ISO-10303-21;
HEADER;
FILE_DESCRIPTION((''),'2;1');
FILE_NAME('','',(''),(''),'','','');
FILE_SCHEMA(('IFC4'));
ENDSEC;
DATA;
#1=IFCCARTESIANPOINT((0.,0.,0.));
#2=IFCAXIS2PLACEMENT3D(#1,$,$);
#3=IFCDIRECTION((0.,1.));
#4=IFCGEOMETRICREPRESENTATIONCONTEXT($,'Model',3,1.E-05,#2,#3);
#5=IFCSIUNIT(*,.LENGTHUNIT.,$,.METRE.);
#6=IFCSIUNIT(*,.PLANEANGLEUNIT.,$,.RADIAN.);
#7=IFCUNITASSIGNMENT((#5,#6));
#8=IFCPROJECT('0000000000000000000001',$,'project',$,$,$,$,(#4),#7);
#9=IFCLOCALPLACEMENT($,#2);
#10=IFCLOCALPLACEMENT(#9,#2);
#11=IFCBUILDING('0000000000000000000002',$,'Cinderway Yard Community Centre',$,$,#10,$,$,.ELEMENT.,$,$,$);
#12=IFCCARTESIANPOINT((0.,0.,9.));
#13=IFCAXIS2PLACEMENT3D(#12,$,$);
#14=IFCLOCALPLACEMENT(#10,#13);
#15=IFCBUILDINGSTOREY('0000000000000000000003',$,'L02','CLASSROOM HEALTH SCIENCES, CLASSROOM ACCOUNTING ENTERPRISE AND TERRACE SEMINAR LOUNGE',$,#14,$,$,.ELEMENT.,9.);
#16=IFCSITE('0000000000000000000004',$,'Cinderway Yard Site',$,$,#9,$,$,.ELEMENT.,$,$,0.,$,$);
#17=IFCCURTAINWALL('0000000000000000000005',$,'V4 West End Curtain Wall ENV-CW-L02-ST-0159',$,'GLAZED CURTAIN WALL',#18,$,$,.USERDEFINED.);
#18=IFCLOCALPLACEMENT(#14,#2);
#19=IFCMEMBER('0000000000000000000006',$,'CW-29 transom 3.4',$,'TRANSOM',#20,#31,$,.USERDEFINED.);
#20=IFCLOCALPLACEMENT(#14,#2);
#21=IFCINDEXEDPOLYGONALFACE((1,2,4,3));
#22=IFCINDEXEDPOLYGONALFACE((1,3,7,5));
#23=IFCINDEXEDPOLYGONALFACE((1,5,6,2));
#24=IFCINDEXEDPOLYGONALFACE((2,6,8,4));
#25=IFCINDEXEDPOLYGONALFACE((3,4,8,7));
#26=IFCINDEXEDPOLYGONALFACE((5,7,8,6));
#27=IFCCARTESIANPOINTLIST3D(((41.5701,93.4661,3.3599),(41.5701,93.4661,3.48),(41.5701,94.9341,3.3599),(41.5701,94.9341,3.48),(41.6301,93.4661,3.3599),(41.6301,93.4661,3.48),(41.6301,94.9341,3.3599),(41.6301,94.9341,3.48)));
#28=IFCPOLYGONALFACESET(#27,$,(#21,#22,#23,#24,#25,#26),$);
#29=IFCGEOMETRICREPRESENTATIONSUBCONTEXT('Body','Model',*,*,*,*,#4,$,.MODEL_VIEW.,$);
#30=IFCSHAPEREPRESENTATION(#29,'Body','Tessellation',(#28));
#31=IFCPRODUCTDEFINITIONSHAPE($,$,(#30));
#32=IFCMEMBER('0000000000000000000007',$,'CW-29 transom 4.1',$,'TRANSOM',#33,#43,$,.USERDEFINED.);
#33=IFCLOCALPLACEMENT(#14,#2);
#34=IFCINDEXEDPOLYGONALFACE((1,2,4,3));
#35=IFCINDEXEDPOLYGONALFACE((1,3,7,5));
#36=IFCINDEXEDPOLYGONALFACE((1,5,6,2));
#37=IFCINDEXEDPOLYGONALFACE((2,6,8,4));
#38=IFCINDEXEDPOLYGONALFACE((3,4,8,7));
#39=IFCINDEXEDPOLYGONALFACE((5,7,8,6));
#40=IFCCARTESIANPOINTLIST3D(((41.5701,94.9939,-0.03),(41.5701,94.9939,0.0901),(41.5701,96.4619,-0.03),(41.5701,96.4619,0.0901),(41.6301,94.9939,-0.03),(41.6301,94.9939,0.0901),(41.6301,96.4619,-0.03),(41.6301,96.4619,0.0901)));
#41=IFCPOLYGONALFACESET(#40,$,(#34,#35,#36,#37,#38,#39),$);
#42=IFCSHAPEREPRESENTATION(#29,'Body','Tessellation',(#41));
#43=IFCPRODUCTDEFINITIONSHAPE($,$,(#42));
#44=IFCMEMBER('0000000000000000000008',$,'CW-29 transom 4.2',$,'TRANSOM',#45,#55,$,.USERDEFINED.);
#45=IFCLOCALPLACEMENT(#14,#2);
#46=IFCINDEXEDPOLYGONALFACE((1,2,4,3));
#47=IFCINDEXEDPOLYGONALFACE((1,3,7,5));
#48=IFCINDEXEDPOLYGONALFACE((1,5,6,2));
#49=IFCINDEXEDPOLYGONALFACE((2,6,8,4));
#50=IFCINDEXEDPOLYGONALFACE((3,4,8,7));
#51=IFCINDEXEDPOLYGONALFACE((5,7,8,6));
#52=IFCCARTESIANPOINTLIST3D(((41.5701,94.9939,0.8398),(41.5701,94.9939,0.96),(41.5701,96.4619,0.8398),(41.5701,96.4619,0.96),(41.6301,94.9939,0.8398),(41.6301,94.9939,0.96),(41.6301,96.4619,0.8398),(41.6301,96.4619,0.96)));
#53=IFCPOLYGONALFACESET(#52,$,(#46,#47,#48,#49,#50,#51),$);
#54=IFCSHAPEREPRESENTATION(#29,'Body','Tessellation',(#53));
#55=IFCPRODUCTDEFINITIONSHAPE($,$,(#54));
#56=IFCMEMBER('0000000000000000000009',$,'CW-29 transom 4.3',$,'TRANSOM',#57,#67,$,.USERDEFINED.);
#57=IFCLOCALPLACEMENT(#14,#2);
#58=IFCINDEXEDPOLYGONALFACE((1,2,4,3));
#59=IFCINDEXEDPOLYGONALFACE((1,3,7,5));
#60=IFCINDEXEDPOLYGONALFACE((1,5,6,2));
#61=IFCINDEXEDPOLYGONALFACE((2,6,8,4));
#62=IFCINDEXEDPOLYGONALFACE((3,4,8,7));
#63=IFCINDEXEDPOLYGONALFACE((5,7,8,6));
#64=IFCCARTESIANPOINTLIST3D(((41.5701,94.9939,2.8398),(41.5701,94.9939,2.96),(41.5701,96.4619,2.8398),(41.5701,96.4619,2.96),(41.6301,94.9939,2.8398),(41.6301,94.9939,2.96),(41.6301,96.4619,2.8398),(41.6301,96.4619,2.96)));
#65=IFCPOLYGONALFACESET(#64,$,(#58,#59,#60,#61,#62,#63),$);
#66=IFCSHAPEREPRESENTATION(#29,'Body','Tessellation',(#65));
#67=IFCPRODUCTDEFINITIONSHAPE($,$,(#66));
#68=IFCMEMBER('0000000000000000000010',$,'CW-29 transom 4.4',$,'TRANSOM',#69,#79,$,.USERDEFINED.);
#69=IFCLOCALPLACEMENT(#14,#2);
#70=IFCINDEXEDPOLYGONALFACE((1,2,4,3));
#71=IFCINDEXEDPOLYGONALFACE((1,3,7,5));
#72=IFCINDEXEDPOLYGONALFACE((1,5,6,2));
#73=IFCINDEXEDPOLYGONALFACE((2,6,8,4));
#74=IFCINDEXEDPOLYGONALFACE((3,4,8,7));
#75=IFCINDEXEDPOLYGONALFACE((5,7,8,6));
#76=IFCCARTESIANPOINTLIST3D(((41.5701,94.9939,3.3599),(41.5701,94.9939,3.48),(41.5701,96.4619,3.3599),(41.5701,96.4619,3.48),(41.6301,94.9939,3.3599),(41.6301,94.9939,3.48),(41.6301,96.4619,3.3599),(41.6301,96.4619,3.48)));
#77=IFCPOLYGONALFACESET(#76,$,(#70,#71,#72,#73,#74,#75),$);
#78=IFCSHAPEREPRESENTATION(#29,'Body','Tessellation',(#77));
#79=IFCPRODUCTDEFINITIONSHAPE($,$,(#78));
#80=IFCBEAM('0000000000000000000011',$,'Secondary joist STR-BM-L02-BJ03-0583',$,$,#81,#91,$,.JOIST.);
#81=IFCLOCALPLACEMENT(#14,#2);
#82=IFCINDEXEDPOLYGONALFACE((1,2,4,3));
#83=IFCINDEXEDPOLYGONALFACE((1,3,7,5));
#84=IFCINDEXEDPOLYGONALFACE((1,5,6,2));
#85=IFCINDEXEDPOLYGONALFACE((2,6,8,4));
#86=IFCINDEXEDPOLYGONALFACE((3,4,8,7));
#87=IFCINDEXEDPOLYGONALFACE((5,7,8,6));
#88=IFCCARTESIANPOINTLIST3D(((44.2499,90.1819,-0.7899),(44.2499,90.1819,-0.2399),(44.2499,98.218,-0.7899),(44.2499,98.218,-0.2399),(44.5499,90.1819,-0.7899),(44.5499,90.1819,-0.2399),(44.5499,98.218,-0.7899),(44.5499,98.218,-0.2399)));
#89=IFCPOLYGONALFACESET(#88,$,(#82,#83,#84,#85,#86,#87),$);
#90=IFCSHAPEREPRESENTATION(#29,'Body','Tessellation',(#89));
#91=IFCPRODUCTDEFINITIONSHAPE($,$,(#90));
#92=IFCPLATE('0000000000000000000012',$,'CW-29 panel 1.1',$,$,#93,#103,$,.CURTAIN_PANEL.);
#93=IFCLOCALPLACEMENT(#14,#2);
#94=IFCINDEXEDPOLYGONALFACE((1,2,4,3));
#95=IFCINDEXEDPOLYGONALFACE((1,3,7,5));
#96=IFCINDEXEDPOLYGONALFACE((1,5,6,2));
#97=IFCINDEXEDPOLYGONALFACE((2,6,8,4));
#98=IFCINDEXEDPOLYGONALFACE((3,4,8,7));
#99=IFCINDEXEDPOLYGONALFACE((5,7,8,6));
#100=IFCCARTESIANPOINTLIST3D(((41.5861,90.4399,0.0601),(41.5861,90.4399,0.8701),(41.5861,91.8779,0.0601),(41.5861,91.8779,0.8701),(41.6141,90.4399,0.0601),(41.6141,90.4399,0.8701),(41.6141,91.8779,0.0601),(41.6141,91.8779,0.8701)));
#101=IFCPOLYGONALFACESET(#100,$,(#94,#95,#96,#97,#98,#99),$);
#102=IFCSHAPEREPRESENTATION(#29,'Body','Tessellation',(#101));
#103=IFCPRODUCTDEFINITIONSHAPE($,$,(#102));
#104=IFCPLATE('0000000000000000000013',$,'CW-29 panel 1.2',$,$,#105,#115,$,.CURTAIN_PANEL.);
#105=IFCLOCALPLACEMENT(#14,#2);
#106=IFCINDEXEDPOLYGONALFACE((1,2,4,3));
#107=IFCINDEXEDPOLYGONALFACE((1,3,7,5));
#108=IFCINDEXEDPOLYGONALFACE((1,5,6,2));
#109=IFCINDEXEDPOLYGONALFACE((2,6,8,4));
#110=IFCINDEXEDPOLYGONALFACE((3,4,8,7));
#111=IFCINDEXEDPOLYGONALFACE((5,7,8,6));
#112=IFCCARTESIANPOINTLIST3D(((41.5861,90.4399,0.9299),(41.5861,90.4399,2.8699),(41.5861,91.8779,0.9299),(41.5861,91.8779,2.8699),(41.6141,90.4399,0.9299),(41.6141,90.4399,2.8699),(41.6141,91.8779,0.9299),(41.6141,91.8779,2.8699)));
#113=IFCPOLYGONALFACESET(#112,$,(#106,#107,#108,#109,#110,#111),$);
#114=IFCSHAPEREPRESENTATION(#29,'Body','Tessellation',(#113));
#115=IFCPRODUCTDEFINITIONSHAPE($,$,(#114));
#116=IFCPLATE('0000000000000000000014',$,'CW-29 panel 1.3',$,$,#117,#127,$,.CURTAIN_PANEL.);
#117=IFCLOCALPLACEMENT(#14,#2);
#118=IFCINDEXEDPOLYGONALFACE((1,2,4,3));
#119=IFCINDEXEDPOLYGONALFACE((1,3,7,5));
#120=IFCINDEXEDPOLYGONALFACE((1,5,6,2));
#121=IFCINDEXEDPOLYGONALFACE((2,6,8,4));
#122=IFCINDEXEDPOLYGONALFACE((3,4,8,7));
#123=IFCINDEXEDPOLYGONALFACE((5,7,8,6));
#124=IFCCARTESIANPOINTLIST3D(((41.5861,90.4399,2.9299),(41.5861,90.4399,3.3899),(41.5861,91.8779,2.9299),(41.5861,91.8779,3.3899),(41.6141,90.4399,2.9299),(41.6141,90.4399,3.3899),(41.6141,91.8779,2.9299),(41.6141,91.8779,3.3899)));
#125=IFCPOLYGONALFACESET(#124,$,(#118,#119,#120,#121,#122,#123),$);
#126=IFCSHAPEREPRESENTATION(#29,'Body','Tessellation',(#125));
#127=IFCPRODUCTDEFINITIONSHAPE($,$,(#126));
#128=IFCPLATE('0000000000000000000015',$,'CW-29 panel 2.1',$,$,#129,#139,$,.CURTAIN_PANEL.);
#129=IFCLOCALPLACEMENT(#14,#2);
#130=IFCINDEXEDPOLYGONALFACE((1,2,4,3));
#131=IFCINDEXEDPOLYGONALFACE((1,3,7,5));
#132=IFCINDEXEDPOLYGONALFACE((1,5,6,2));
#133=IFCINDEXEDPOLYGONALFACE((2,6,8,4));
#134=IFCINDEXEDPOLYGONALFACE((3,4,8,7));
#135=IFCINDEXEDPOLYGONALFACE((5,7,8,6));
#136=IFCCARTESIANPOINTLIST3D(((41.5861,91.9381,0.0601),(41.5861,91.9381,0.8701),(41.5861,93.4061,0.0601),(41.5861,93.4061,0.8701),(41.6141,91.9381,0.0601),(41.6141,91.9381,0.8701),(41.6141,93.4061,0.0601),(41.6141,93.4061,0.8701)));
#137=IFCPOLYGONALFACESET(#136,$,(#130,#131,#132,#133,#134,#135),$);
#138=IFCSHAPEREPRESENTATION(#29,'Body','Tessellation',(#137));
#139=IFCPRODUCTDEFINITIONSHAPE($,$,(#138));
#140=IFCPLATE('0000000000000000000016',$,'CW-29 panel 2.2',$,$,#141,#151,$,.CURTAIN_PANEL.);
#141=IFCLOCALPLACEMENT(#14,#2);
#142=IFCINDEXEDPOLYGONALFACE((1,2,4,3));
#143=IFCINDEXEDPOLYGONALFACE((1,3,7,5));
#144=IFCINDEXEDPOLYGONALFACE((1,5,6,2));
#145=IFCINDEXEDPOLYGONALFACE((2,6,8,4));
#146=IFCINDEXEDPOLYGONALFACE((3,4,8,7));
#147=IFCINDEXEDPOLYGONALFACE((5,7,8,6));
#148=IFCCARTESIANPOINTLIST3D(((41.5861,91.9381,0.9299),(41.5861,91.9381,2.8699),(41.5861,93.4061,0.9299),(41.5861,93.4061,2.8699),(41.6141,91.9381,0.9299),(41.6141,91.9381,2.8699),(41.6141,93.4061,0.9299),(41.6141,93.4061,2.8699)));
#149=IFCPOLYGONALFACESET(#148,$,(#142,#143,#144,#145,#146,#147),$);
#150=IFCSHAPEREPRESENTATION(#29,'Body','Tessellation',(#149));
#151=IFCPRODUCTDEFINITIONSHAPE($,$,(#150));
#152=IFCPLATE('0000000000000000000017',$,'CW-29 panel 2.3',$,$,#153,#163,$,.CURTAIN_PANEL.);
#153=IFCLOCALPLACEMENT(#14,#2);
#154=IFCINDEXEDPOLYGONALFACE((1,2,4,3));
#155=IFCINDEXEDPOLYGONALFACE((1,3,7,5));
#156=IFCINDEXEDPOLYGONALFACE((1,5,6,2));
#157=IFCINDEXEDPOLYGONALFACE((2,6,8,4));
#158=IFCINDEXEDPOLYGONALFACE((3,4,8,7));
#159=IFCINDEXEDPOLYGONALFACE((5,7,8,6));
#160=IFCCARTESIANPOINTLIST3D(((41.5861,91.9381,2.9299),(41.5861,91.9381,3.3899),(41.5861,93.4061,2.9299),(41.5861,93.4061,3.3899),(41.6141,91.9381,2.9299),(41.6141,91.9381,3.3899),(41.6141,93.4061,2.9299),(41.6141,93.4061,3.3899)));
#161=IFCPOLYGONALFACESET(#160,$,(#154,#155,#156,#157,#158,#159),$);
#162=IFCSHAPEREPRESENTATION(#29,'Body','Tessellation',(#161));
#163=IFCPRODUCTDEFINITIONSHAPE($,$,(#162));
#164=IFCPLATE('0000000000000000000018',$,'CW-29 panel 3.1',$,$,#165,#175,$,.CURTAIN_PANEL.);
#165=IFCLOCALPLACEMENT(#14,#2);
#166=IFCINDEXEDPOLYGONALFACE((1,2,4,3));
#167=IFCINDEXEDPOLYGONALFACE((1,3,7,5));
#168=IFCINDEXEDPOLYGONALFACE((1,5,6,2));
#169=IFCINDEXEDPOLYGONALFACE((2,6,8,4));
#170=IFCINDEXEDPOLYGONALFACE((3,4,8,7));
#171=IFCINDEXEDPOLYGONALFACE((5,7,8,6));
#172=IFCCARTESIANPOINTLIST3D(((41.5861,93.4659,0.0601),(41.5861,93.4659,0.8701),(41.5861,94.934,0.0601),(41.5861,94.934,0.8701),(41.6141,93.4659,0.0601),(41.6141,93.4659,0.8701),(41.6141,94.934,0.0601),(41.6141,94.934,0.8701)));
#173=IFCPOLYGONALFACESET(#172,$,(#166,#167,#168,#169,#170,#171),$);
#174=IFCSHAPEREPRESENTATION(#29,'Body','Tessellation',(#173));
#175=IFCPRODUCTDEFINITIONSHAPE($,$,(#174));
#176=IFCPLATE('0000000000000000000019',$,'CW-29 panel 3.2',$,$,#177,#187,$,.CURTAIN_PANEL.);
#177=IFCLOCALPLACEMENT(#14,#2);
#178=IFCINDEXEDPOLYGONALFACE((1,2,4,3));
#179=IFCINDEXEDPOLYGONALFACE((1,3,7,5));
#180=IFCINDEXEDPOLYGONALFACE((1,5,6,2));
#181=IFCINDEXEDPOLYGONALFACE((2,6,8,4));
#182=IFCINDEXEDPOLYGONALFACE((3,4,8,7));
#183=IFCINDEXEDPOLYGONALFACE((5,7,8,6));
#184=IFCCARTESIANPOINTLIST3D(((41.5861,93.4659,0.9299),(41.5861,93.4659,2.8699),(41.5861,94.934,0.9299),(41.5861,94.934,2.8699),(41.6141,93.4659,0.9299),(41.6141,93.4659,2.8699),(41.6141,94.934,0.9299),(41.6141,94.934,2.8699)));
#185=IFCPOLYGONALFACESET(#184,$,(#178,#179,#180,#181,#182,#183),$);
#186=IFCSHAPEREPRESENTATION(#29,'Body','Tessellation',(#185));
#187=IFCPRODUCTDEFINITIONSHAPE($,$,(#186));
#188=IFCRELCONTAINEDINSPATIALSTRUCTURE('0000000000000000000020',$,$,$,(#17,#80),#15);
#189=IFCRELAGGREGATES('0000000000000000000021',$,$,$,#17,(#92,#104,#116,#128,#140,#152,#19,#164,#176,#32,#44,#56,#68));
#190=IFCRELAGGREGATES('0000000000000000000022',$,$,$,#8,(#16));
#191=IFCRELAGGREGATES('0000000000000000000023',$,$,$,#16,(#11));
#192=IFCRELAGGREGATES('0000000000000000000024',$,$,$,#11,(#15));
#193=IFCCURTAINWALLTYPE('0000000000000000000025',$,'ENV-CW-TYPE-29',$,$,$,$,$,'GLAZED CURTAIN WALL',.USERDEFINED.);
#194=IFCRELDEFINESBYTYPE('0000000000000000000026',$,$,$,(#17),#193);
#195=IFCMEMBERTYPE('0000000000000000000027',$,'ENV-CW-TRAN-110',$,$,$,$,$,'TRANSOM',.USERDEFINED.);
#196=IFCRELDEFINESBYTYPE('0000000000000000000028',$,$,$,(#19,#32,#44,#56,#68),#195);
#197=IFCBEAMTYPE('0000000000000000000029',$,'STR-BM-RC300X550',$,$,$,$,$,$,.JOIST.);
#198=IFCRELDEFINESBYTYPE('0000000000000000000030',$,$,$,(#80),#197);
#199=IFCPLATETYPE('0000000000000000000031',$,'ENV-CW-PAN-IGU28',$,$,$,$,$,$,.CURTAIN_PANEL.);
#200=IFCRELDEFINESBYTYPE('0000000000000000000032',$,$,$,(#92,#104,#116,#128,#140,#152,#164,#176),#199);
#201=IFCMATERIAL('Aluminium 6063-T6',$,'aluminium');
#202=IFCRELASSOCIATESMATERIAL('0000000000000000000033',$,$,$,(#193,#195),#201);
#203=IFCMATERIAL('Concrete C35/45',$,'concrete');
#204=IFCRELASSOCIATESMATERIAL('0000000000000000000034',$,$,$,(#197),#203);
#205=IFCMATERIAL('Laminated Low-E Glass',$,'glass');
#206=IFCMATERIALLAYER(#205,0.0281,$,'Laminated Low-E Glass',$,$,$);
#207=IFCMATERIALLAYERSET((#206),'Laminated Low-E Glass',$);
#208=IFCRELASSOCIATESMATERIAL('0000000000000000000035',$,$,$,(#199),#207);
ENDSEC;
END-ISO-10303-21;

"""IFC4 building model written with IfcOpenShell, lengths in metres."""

from ifc_helpers import new_model, si_unit, direction, frame, origin, origin_2d, place, context, subcontext, project, spatial, rectangle, extrude, material, layer, layer_set, material_profile, profile_set, type_object, element, aggregate, save


model = new_model("IFC4")

# Units and contexts
model_context = context("Model", 3, precision=1e-05, world=origin(), true_north=direction((0.0, 1.0)))
body_context = subcontext(model_context, "Body", "Model", "MODEL_VIEW")
ifc_project = project(units=[si_unit("LENGTHUNIT", "METRE"), si_unit("PLANEANGLEUNIT", "RADIAN")], contexts=[model_context])

# Site, building, storey
site_placement = place(None, origin())
site = spatial("IfcSite", under=ifc_project, at=site_placement, Name="Cinderway Yard Site", CompositionType="ELEMENT", RefElevation=0.0)
building_placement = place(site_placement, origin())
building = spatial("IfcBuilding", under=site, at=building_placement, Name="Cinderway Yard Community Centre", CompositionType="ELEMENT")
storey_placement = place(building_placement, frame((0.0, 0.0, 9.0)))
storey = spatial("IfcBuildingStorey", under=building, at=storey_placement, Name="L02", Description="CLASSROOM HEALTH SCIENCES, CLASSROOM ACCOUNTING ENTERPRISE AND TERRACE SEMINAR LOUNGE", CompositionType="ELEMENT", Elevation=9.0)

# Curtain wall, members
ifc_material_1 = material(Name="Aluminium 6063-T6", Category="aluminium")
curtain_wall_type = type_object("IfcCurtainWallType", Name="ENV-CW-TYPE-29", ElementType="GLAZED CURTAIN WALL", PredefinedType="USERDEFINED", material=ifc_material_1)
curtain_wall_placement = place(storey_placement, origin())
curtain_wall = element("IfcCurtainWall", 1, at=curtain_wall_placement, inside=storey, type_object=curtain_wall_type, Name="V4 West End Curtain Wall ENV-CW-L02-ST-0159", ObjectType="GLAZED CURTAIN WALL", PredefinedType="USERDEFINED")
ifc_material_profile_1 = material_profile(ifc_material_1, rectangle(XDim=0.0601, YDim=0.1201, at=origin_2d()), Name="Aluminium 6063-T6")
ifc_profile_set_1 = profile_set([ifc_material_profile_1], Name="Aluminium 6063-T6")
member_type_1 = type_object("IfcMemberType", Name="ENV-CW-TRAN-110", ElementType="TRANSOM", PredefinedType="USERDEFINED", material=ifc_profile_set_1)
member_1_placement = place(storey_placement, frame((41.6001, 93.4661, 3.4199), z_axis=(0.0, 1.0, 0.0), x_axis=(-1.0, 0.0, 0.0)))
member_1 = element("IfcMember", 2, at=member_1_placement, type_object=member_type_1, Name="CW-29 transom 3.4", ObjectType="TRANSOM", PredefinedType="USERDEFINED", context=body_context, shape_type="SweptSolid", body=[
    extrude(rectangle(XDim=0.0601, YDim=0.1201, at=origin_2d()), origin(), (0.0, 0.0, 1.0), 1.468),
])
member_2_placement = place(storey_placement, frame((41.6001, 94.9939, 0.03), z_axis=(0.0, 1.0, 0.0), x_axis=(-1.0, 0.0, 0.0)))
member_2 = element("IfcMember", 3, at=member_2_placement, type_object=member_type_1, Name="CW-29 transom 4.1", ObjectType="TRANSOM", PredefinedType="USERDEFINED", context=body_context, shape_type="SweptSolid", body=[
    extrude(rectangle(XDim=0.0601, YDim=0.1201, at=origin_2d()), origin(), (0.0, 0.0, 1.0), 1.468),
])
member_3_placement = place(storey_placement, frame((41.6001, 94.9939, 0.8999), z_axis=(0.0, 1.0, 0.0), x_axis=(-1.0, 0.0, 0.0)))
member_3 = element("IfcMember", 4, at=member_3_placement, type_object=member_type_1, Name="CW-29 transom 4.2", ObjectType="TRANSOM", PredefinedType="USERDEFINED", context=body_context, shape_type="SweptSolid", body=[
    extrude(rectangle(XDim=0.0601, YDim=0.1201, at=origin_2d()), origin(), (0.0, 0.0, 1.0), 1.468),
])
member_4_placement = place(storey_placement, frame((41.6001, 94.9939, 2.8999), z_axis=(0.0, 1.0, 0.0), x_axis=(-1.0, 0.0, 0.0)))
member_4 = element("IfcMember", 5, at=member_4_placement, type_object=member_type_1, Name="CW-29 transom 4.3", ObjectType="TRANSOM", PredefinedType="USERDEFINED", context=body_context, shape_type="SweptSolid", body=[
    extrude(rectangle(XDim=0.0601, YDim=0.1201, at=origin_2d()), origin(), (0.0, 0.0, 1.0), 1.468),
])
member_5_placement = place(storey_placement, frame((41.6001, 94.9939, 3.4199), z_axis=(0.0, 1.0, 0.0), x_axis=(-1.0, 0.0, 0.0)))
member_5 = element("IfcMember", 6, at=member_5_placement, type_object=member_type_1, Name="CW-29 transom 4.4", ObjectType="TRANSOM", PredefinedType="USERDEFINED", context=body_context, shape_type="SweptSolid", body=[
    extrude(rectangle(XDim=0.0601, YDim=0.1201, at=origin_2d()), origin(), (0.0, 0.0, 1.0), 1.468),
])

# Beam
ifc_material_2 = material(Name="Concrete C35/45", Category="concrete")
ifc_material_profile_2 = material_profile(ifc_material_2, rectangle(XDim=0.3, YDim=0.55, at=origin_2d()), Name="Concrete C35/45")
ifc_profile_set_2 = profile_set([ifc_material_profile_2], Name="Concrete C35/45")
beam_type = type_object("IfcBeamType", Name="STR-BM-RC300X550", PredefinedType="JOIST", material=ifc_profile_set_2)
beam_placement = place(storey_placement, frame((44.3999, 90.1819, -0.5149), z_axis=(0.0, 1.0, 0.0), x_axis=(-1.0, 0.0, 0.0)))
element("IfcBeam", 7, at=beam_placement, inside=storey, type_object=beam_type, Name="Secondary joist STR-BM-L02-BJ03-0583", PredefinedType="JOIST", context=body_context, shape_type="SweptSolid", body=[
    extrude(rectangle(XDim=0.3, YDim=0.55, at=origin_2d()), origin(), (0.0, 0.0, 1.0), 8.0361),
])

# Plates
ifc_material_3 = material(Name="Laminated Low-E Glass", Category="glass")
ifc_layer = layer(ifc_material_3, 0.0281, Name="Laminated Low-E Glass")
ifc_layer_set = layer_set([ifc_layer], Name="Laminated Low-E Glass")
plate_type = type_object("IfcPlateType", Name="ENV-CW-PAN-IGU28", PredefinedType="CURTAIN_PANEL", material=ifc_layer_set)
plate_1_placement = place(storey_placement, frame((41.6001, 91.1589, 0.0601), z_axis=(0.0, 0.0, 1.0), x_axis=(0.0, 1.0, 0.0)))
plate_1 = element("IfcPlate", 8, at=plate_1_placement, type_object=plate_type, Name="CW-29 panel 1.1", PredefinedType="CURTAIN_PANEL", context=body_context, shape_type="SweptSolid", body=[
    extrude(rectangle(XDim=1.438, YDim=0.0281, at=origin_2d()), origin(), (0.0, 0.0, 1.0), 0.8101),
])
plate_2_placement = place(storey_placement, frame((41.6001, 91.1589, 0.9299), z_axis=(0.0, 0.0, 1.0), x_axis=(0.0, 1.0, 0.0)))
plate_2 = element("IfcPlate", 9, at=plate_2_placement, type_object=plate_type, Name="CW-29 panel 1.2", PredefinedType="CURTAIN_PANEL", context=body_context, shape_type="SweptSolid", body=[
    extrude(rectangle(XDim=1.438, YDim=0.0281, at=origin_2d()), origin(), (0.0, 0.0, 1.0), 1.9399),
])
plate_3_placement = place(storey_placement, frame((41.6001, 91.1589, 2.9299), z_axis=(0.0, 0.0, 1.0), x_axis=(0.0, 1.0, 0.0)))
plate_3 = element("IfcPlate", 10, at=plate_3_placement, type_object=plate_type, Name="CW-29 panel 1.3", PredefinedType="CURTAIN_PANEL", context=body_context, shape_type="SweptSolid", body=[
    extrude(rectangle(XDim=1.438, YDim=0.0281, at=origin_2d()), origin(), (0.0, 0.0, 1.0), 0.46),
])
plate_4_placement = place(storey_placement, frame((41.6001, 92.6721, 0.0601), z_axis=(0.0, 0.0, 1.0), x_axis=(0.0, 1.0, 0.0)))
plate_4 = element("IfcPlate", 11, at=plate_4_placement, type_object=plate_type, Name="CW-29 panel 2.1", PredefinedType="CURTAIN_PANEL", context=body_context, shape_type="SweptSolid", body=[
    extrude(rectangle(XDim=1.468, YDim=0.0281, at=origin_2d()), origin(), (0.0, 0.0, 1.0), 0.8101),
])
plate_5_placement = place(storey_placement, frame((41.6001, 92.6721, 0.9299), z_axis=(0.0, 0.0, 1.0), x_axis=(0.0, 1.0, 0.0)))
plate_5 = element("IfcPlate", 12, at=plate_5_placement, type_object=plate_type, Name="CW-29 panel 2.2", PredefinedType="CURTAIN_PANEL", context=body_context, shape_type="SweptSolid", body=[
    extrude(rectangle(XDim=1.468, YDim=0.0281, at=origin_2d()), origin(), (0.0, 0.0, 1.0), 1.9399),
])
plate_6_placement = place(storey_placement, frame((41.6001, 92.6721, 2.9299), z_axis=(0.0, 0.0, 1.0), x_axis=(0.0, 1.0, 0.0)))
plate_6 = element("IfcPlate", 13, at=plate_6_placement, type_object=plate_type, Name="CW-29 panel 2.3", PredefinedType="CURTAIN_PANEL", context=body_context, shape_type="SweptSolid", body=[
    extrude(rectangle(XDim=1.468, YDim=0.0281, at=origin_2d()), origin(), (0.0, 0.0, 1.0), 0.46),
])
plate_7_placement = place(storey_placement, frame((41.6001, 94.2, 0.0601), z_axis=(0.0, 0.0, 1.0), x_axis=(0.0, 1.0, 0.0)))
plate_7 = element("IfcPlate", 14, at=plate_7_placement, type_object=plate_type, Name="CW-29 panel 3.1", PredefinedType="CURTAIN_PANEL", context=body_context, shape_type="SweptSolid", body=[
    extrude(rectangle(XDim=1.468, YDim=0.0281, at=origin_2d()), origin(), (0.0, 0.0, 1.0), 0.8101),
])
plate_8_placement = place(storey_placement, frame((41.6001, 94.2, 0.9299), z_axis=(0.0, 0.0, 1.0), x_axis=(0.0, 1.0, 0.0)))
plate_8 = element("IfcPlate", 15, at=plate_8_placement, type_object=plate_type, Name="CW-29 panel 3.2", PredefinedType="CURTAIN_PANEL", context=body_context, shape_type="SweptSolid", body=[
    extrude(rectangle(XDim=1.468, YDim=0.0281, at=origin_2d()), origin(), (0.0, 0.0, 1.0), 1.9399),
])
aggregate(curtain_wall, [plate_1, plate_2, plate_3, plate_4, plate_5, plate_6, member_1, plate_7, plate_8, member_2, member_3, member_4, member_5])

save(model, "model.ifc")
